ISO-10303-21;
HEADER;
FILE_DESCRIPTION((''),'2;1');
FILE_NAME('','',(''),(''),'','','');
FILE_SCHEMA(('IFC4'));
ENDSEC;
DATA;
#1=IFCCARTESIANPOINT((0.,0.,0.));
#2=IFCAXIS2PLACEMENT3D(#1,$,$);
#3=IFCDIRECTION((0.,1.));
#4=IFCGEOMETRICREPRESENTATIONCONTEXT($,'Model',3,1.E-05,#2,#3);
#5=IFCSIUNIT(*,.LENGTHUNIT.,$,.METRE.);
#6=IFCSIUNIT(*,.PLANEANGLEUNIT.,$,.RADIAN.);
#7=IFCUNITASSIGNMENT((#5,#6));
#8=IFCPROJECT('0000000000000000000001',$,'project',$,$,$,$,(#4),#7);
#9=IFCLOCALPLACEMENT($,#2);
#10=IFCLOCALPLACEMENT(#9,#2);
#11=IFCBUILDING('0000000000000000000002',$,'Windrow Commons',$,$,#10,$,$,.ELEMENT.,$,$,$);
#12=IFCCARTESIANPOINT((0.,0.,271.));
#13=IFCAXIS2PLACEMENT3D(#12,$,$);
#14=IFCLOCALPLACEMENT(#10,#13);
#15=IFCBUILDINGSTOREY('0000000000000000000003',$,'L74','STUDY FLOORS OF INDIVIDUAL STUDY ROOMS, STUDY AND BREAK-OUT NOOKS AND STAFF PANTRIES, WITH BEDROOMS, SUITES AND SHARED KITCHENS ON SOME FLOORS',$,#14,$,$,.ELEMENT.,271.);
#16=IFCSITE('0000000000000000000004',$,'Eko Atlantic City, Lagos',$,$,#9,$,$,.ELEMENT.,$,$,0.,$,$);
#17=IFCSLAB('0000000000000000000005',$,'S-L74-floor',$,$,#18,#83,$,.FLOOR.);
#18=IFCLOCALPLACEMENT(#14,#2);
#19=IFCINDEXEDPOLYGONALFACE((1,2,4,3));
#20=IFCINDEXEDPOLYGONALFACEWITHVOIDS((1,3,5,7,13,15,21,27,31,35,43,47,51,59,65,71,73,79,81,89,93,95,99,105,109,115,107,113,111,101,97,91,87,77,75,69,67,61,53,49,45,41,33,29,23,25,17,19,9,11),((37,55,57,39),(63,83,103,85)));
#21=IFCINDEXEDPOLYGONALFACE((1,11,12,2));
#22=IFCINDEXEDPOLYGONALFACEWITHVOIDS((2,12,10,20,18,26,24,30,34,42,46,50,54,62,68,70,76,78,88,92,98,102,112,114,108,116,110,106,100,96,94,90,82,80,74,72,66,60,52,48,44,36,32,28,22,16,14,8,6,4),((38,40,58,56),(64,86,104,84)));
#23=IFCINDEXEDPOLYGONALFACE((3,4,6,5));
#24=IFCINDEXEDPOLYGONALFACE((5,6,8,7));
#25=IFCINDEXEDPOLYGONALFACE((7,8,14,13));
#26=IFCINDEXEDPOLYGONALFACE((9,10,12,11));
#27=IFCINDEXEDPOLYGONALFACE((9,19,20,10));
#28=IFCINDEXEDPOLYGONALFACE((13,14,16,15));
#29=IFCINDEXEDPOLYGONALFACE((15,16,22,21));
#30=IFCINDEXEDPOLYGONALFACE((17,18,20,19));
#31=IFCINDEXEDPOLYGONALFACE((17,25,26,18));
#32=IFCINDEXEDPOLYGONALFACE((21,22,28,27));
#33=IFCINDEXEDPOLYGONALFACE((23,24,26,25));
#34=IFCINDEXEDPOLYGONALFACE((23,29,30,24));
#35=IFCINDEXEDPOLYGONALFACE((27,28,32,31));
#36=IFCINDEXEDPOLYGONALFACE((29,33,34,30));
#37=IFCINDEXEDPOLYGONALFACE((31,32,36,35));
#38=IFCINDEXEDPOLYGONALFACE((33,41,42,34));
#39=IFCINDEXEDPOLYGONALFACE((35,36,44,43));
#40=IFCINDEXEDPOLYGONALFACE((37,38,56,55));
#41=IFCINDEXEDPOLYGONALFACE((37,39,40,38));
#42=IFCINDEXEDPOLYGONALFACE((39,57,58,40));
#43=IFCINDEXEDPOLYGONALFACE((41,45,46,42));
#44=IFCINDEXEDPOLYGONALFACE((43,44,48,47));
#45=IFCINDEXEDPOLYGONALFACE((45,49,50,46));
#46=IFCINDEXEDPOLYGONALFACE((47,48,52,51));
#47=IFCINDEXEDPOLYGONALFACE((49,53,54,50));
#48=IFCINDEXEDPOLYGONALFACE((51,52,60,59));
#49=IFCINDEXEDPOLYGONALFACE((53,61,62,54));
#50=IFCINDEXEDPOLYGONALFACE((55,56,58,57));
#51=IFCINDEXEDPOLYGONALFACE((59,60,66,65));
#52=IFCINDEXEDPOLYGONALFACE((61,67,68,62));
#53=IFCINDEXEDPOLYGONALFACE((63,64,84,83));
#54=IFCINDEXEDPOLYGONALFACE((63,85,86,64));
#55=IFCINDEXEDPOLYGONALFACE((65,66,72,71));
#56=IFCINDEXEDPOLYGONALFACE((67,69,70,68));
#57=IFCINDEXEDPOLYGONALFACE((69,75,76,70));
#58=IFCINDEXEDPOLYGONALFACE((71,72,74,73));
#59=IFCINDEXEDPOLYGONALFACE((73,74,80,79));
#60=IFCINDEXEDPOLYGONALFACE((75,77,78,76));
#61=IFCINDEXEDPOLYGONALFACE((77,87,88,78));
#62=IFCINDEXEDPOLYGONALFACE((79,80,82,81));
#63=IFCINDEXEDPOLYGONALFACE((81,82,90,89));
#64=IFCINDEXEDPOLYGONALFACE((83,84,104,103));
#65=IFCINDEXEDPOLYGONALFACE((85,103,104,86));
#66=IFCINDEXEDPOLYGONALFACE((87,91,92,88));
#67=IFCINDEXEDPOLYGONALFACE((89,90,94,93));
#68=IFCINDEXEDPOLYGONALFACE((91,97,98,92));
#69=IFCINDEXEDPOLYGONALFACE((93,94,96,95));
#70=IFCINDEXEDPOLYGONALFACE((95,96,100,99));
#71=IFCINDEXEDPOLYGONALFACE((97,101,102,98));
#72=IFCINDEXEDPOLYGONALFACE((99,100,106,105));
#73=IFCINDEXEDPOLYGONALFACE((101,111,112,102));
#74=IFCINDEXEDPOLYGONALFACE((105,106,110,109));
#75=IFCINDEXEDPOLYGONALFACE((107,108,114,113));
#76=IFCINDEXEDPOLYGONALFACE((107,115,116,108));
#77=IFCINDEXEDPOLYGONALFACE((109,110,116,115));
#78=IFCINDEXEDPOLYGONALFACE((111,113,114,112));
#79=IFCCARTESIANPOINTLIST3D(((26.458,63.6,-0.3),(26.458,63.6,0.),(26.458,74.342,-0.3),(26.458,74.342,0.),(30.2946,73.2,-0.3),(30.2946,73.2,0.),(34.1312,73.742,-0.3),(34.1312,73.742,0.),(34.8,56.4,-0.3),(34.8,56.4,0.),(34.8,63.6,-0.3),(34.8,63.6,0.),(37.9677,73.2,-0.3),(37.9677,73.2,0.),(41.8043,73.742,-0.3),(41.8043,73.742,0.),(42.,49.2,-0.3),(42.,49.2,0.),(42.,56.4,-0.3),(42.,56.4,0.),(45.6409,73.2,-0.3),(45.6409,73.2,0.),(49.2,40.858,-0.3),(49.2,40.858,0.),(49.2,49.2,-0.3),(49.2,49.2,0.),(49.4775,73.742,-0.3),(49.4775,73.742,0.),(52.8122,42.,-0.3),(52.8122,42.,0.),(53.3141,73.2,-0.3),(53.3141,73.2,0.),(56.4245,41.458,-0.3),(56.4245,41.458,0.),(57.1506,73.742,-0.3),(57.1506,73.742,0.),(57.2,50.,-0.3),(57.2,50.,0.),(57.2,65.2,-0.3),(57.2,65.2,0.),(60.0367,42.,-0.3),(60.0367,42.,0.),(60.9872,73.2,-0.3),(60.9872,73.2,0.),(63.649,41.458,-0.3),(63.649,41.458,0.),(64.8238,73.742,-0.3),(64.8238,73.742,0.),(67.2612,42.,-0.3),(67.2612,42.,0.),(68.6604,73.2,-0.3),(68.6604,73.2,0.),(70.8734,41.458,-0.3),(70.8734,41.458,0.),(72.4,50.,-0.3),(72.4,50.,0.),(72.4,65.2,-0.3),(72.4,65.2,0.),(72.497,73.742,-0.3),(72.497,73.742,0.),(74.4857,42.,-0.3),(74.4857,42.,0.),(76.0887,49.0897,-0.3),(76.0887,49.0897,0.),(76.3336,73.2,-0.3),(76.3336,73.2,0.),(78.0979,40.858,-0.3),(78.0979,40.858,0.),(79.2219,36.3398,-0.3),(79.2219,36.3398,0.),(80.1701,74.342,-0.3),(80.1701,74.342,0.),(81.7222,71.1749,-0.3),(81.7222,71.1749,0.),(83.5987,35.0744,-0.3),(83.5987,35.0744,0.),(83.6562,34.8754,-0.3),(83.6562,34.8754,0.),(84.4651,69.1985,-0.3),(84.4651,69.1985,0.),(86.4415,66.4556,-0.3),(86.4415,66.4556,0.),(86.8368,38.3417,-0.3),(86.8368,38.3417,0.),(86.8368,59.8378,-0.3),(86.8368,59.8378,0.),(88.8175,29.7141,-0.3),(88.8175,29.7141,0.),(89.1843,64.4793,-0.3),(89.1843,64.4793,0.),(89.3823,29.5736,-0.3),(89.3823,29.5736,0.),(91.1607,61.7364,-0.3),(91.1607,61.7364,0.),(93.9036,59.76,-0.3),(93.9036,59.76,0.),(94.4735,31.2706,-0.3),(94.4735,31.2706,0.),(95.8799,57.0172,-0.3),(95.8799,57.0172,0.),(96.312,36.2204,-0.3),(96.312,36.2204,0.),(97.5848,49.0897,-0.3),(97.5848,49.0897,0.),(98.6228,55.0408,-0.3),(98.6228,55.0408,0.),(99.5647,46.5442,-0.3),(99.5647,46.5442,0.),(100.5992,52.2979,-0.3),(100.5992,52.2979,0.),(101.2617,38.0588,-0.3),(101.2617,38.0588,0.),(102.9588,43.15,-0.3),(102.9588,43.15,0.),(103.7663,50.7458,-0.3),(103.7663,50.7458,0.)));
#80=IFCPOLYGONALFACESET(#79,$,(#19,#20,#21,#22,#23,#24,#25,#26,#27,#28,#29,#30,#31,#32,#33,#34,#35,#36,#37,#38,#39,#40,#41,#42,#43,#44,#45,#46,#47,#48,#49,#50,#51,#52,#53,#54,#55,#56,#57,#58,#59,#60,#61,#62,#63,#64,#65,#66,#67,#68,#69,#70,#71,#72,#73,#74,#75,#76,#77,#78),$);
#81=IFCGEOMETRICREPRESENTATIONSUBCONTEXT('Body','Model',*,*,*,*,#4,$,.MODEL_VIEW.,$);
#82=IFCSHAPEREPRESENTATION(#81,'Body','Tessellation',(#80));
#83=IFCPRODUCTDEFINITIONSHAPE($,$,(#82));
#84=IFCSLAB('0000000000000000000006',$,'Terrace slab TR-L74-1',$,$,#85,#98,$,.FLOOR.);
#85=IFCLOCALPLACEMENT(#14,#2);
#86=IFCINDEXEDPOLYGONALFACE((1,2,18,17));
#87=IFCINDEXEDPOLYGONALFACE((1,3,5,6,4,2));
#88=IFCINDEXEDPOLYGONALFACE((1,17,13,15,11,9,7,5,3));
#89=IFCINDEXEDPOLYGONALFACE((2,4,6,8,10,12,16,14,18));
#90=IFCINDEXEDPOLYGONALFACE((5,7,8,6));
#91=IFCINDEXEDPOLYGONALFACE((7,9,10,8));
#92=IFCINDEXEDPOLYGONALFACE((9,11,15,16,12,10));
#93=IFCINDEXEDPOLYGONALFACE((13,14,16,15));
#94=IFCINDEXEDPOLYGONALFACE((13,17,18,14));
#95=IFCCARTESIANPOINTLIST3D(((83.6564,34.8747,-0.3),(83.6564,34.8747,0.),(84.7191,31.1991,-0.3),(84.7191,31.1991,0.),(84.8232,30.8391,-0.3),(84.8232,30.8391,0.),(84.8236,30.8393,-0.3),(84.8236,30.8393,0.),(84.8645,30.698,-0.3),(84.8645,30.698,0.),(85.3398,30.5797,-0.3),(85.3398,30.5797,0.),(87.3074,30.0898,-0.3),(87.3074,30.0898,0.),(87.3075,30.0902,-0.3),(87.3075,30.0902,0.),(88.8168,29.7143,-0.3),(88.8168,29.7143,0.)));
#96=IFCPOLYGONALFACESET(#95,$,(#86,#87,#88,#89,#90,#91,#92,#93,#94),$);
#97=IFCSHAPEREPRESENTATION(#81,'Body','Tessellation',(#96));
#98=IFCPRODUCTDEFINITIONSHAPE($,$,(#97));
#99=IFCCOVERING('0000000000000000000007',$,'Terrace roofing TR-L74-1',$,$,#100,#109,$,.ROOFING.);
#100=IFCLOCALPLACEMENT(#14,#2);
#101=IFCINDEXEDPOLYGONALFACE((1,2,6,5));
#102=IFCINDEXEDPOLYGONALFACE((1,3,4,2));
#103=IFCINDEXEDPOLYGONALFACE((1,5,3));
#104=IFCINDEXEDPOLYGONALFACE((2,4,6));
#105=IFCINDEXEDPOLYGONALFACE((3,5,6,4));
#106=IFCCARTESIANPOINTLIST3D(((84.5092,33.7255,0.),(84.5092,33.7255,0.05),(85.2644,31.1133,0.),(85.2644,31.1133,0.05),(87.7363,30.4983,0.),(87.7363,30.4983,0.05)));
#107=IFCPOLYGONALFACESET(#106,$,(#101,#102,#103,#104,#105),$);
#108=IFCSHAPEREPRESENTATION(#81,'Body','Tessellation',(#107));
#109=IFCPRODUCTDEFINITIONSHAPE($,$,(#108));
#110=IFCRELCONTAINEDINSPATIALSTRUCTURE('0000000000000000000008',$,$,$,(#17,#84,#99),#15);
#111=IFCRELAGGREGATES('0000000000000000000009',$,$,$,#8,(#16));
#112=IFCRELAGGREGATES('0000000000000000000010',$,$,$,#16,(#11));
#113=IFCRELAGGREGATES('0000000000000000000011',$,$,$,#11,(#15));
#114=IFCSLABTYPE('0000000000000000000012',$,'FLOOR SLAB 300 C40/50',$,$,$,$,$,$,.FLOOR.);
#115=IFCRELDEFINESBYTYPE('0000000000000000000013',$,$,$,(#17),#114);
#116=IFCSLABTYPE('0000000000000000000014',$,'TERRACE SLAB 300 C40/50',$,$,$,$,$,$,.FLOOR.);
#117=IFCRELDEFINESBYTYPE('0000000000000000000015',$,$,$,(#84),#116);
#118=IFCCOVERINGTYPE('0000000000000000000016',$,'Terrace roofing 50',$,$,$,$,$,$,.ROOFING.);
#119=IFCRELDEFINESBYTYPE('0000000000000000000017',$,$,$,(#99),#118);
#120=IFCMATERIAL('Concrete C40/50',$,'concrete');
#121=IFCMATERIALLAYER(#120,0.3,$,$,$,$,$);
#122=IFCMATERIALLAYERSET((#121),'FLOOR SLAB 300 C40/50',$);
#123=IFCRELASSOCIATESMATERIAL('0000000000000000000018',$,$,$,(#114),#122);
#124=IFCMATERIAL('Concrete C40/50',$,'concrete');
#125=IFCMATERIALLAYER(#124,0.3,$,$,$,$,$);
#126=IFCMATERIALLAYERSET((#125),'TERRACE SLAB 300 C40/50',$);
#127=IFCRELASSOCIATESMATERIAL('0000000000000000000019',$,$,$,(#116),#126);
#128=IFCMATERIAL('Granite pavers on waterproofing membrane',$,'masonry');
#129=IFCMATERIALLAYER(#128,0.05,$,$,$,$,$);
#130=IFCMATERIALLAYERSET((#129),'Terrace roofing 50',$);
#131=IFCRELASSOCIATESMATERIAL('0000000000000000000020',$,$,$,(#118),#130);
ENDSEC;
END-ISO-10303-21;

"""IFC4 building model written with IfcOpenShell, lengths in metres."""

from ifc_helpers import new_model, si_unit, direction, frame, origin, place, context, subcontext, project, spatial, polyline, outline, extrude, material, layer, layer_set, type_object, element, save


model = new_model("IFC4")

# Units and contexts
model_context = context("Model", 3, precision=1e-05, world=origin(), true_north=direction((0.0, 1.0)))
body_context = subcontext(model_context, "Body", "Model", "MODEL_VIEW")
ifc_project = project(units=[si_unit("LENGTHUNIT", "METRE"), si_unit("PLANEANGLEUNIT", "RADIAN")], contexts=[model_context])

# Site, building, storey
site_placement = place(None, origin())
site = spatial("IfcSite", under=ifc_project, at=site_placement, Name="Eko Atlantic City, Lagos", CompositionType="ELEMENT", RefElevation=0.0)
building_placement = place(site_placement, origin())
building = spatial("IfcBuilding", under=site, at=building_placement, Name="Windrow Commons", CompositionType="ELEMENT")
storey_placement = place(building_placement, frame((0.0, 0.0, 271.0)))
storey = spatial("IfcBuildingStorey", under=building, at=storey_placement, Name="L74", Description="STUDY FLOORS OF INDIVIDUAL STUDY ROOMS, STUDY AND BREAK-OUT NOOKS AND STAFF PANTRIES, WITH BEDROOMS, SUITES AND SHARED KITCHENS ON SOME FLOORS", CompositionType="ELEMENT", Elevation=271.0)

# Shared definitions
placement_1 = place(storey_placement, frame((0.0, 0.0, -0.3)))

# Shared definitions
placement_2 = place(storey_placement, origin())

# Slab, openings
ifc_material_1 = material(Name="Concrete C40/50", Category="concrete")
ifc_layer_1 = layer(ifc_material_1, 0.3)
ifc_layer_set_1 = layer_set([ifc_layer_1], Name="FLOOR SLAB 300 C40/50")
slab_type_1 = type_object("IfcSlabType", Name="FLOOR SLAB 300 C40/50", PredefinedType="FLOOR", material=ifc_layer_set_1)
slab_1 = element("IfcSlab", 1, at=placement_1, inside=storey, type_object=slab_type_1, Name="S-L74-floor", PredefinedType="FLOOR", context=body_context, shape_type="SweptSolid", body=[
    extrude(outline(polyline([(83.6562, 34.8754), (88.8175, 29.7141), (89.3823, 29.5736), (94.4735, 31.2706), (96.312, 36.2204), (101.2617, 38.0588), (102.9588, 43.15), (99.5647, 46.5442), (103.7663, 50.7458), (100.5992, 52.2979), (98.6228, 55.0408), (95.8799, 57.0172), (93.9036, 59.76), (91.1607, 61.7364), (89.1843, 64.4793), (86.4415, 66.4556), (84.4651, 69.1985), (81.7222, 71.1749), (80.1701, 74.342), (76.3336, 73.2), (72.497, 73.742), (68.6604, 73.2), (64.8238, 73.742), (60.9872, 73.2), (57.1506, 73.742), (53.3141, 73.2), (49.4775, 73.742), (45.6409, 73.2), (41.8043, 73.742), (37.9677, 73.2), (34.1312, 73.742), (30.2946, 73.2), (26.458, 74.342), (26.458, 63.6), (34.8, 63.6), (34.8, 56.4), (42.0, 56.4), (42.0, 49.2), (49.2, 49.2), (49.2, 40.858), (52.8122, 42.0), (56.4245, 41.458), (60.0367, 42.0), (63.649, 41.458), (67.2612, 42.0), (70.8734, 41.458), (74.4857, 42.0), (78.0979, 40.858), (79.2219, 36.3398), (83.5987, 35.0744), (83.6562, 34.8754)]), holes=[polyline([(76.0887, 49.0897), (86.8368, 59.8378), (97.5848, 49.0897), (86.8368, 38.3417), (76.0887, 49.0897)]), polyline([(57.2, 50.0), (57.2, 65.2), (72.4, 65.2), (72.4, 50.0), (57.2, 50.0)])]), origin(), (0.0, 0.0, 1.0), 0.3),
])
opening_1_placement = place(placement_1, origin())
element("IfcOpeningElement", 2, at=opening_1_placement, cuts=slab_1, PredefinedType="OPENING", context=body_context, shape_type="SweptSolid", body=[
    extrude(outline(polyline([(76.0958, 49.0897), (86.8368, 59.8307), (97.5777, 49.0897), (86.8368, 38.3488), (76.0958, 49.0897)])), origin(), (0.0, 0.0, 1.0), 0.3),
])
opening_2_placement = place(placement_1, origin())
element("IfcOpeningElement", 3, at=opening_2_placement, cuts=slab_1, PredefinedType="OPENING", context=body_context, shape_type="SweptSolid", body=[
    extrude(outline(polyline([(57.205, 50.005), (57.205, 65.195), (72.395, 65.195), (72.395, 50.005), (57.205, 50.005)])), origin(), (0.0, 0.0, 1.0), 0.3),
])

# Slab
ifc_material_2 = material(Name="Concrete C40/50", Category="concrete")
ifc_layer_2 = layer(ifc_material_2, 0.3)
ifc_layer_set_2 = layer_set([ifc_layer_2], Name="TERRACE SLAB 300 C40/50")
slab_type_2 = type_object("IfcSlabType", Name="TERRACE SLAB 300 C40/50", PredefinedType="FLOOR", material=ifc_layer_set_2)
element("IfcSlab", 4, at=placement_1, inside=storey, type_object=slab_type_2, Name="Terrace slab TR-L74-1", PredefinedType="FLOOR", context=body_context, shape_type="SweptSolid", body=[
    extrude(outline(polyline([(83.6564, 34.8747), (84.7191, 31.1991), (84.8232, 30.8391), (84.8236, 30.8393), (84.8645, 30.698), (85.3398, 30.5797), (87.3075, 30.0902), (87.3074, 30.0898), (88.8168, 29.7143), (83.6564, 34.8747)])), origin(), (0.0, 0.0, 1.0), 0.3),
])

# Covering
ifc_material_3 = material(Name="Granite pavers on waterproofing membrane", Category="masonry")
ifc_layer_3 = layer(ifc_material_3, 0.05)
ifc_layer_set_3 = layer_set([ifc_layer_3], Name="Terrace roofing 50")
covering_type = type_object("IfcCoveringType", Name="Terrace roofing 50", PredefinedType="ROOFING", material=ifc_layer_set_3)
element("IfcCovering", 5, at=placement_2, inside=storey, type_object=covering_type, Name="Terrace roofing TR-L74-1", PredefinedType="ROOFING", context=body_context, shape_type="SweptSolid", body=[
    extrude(outline(polyline([(87.7363, 30.4983), (85.2644, 31.1133), (84.5092, 33.7255), (87.7363, 30.4983)])), origin(), (0.0, 0.0, 1.0), 0.05),
])

save(model, "model.ifc")
